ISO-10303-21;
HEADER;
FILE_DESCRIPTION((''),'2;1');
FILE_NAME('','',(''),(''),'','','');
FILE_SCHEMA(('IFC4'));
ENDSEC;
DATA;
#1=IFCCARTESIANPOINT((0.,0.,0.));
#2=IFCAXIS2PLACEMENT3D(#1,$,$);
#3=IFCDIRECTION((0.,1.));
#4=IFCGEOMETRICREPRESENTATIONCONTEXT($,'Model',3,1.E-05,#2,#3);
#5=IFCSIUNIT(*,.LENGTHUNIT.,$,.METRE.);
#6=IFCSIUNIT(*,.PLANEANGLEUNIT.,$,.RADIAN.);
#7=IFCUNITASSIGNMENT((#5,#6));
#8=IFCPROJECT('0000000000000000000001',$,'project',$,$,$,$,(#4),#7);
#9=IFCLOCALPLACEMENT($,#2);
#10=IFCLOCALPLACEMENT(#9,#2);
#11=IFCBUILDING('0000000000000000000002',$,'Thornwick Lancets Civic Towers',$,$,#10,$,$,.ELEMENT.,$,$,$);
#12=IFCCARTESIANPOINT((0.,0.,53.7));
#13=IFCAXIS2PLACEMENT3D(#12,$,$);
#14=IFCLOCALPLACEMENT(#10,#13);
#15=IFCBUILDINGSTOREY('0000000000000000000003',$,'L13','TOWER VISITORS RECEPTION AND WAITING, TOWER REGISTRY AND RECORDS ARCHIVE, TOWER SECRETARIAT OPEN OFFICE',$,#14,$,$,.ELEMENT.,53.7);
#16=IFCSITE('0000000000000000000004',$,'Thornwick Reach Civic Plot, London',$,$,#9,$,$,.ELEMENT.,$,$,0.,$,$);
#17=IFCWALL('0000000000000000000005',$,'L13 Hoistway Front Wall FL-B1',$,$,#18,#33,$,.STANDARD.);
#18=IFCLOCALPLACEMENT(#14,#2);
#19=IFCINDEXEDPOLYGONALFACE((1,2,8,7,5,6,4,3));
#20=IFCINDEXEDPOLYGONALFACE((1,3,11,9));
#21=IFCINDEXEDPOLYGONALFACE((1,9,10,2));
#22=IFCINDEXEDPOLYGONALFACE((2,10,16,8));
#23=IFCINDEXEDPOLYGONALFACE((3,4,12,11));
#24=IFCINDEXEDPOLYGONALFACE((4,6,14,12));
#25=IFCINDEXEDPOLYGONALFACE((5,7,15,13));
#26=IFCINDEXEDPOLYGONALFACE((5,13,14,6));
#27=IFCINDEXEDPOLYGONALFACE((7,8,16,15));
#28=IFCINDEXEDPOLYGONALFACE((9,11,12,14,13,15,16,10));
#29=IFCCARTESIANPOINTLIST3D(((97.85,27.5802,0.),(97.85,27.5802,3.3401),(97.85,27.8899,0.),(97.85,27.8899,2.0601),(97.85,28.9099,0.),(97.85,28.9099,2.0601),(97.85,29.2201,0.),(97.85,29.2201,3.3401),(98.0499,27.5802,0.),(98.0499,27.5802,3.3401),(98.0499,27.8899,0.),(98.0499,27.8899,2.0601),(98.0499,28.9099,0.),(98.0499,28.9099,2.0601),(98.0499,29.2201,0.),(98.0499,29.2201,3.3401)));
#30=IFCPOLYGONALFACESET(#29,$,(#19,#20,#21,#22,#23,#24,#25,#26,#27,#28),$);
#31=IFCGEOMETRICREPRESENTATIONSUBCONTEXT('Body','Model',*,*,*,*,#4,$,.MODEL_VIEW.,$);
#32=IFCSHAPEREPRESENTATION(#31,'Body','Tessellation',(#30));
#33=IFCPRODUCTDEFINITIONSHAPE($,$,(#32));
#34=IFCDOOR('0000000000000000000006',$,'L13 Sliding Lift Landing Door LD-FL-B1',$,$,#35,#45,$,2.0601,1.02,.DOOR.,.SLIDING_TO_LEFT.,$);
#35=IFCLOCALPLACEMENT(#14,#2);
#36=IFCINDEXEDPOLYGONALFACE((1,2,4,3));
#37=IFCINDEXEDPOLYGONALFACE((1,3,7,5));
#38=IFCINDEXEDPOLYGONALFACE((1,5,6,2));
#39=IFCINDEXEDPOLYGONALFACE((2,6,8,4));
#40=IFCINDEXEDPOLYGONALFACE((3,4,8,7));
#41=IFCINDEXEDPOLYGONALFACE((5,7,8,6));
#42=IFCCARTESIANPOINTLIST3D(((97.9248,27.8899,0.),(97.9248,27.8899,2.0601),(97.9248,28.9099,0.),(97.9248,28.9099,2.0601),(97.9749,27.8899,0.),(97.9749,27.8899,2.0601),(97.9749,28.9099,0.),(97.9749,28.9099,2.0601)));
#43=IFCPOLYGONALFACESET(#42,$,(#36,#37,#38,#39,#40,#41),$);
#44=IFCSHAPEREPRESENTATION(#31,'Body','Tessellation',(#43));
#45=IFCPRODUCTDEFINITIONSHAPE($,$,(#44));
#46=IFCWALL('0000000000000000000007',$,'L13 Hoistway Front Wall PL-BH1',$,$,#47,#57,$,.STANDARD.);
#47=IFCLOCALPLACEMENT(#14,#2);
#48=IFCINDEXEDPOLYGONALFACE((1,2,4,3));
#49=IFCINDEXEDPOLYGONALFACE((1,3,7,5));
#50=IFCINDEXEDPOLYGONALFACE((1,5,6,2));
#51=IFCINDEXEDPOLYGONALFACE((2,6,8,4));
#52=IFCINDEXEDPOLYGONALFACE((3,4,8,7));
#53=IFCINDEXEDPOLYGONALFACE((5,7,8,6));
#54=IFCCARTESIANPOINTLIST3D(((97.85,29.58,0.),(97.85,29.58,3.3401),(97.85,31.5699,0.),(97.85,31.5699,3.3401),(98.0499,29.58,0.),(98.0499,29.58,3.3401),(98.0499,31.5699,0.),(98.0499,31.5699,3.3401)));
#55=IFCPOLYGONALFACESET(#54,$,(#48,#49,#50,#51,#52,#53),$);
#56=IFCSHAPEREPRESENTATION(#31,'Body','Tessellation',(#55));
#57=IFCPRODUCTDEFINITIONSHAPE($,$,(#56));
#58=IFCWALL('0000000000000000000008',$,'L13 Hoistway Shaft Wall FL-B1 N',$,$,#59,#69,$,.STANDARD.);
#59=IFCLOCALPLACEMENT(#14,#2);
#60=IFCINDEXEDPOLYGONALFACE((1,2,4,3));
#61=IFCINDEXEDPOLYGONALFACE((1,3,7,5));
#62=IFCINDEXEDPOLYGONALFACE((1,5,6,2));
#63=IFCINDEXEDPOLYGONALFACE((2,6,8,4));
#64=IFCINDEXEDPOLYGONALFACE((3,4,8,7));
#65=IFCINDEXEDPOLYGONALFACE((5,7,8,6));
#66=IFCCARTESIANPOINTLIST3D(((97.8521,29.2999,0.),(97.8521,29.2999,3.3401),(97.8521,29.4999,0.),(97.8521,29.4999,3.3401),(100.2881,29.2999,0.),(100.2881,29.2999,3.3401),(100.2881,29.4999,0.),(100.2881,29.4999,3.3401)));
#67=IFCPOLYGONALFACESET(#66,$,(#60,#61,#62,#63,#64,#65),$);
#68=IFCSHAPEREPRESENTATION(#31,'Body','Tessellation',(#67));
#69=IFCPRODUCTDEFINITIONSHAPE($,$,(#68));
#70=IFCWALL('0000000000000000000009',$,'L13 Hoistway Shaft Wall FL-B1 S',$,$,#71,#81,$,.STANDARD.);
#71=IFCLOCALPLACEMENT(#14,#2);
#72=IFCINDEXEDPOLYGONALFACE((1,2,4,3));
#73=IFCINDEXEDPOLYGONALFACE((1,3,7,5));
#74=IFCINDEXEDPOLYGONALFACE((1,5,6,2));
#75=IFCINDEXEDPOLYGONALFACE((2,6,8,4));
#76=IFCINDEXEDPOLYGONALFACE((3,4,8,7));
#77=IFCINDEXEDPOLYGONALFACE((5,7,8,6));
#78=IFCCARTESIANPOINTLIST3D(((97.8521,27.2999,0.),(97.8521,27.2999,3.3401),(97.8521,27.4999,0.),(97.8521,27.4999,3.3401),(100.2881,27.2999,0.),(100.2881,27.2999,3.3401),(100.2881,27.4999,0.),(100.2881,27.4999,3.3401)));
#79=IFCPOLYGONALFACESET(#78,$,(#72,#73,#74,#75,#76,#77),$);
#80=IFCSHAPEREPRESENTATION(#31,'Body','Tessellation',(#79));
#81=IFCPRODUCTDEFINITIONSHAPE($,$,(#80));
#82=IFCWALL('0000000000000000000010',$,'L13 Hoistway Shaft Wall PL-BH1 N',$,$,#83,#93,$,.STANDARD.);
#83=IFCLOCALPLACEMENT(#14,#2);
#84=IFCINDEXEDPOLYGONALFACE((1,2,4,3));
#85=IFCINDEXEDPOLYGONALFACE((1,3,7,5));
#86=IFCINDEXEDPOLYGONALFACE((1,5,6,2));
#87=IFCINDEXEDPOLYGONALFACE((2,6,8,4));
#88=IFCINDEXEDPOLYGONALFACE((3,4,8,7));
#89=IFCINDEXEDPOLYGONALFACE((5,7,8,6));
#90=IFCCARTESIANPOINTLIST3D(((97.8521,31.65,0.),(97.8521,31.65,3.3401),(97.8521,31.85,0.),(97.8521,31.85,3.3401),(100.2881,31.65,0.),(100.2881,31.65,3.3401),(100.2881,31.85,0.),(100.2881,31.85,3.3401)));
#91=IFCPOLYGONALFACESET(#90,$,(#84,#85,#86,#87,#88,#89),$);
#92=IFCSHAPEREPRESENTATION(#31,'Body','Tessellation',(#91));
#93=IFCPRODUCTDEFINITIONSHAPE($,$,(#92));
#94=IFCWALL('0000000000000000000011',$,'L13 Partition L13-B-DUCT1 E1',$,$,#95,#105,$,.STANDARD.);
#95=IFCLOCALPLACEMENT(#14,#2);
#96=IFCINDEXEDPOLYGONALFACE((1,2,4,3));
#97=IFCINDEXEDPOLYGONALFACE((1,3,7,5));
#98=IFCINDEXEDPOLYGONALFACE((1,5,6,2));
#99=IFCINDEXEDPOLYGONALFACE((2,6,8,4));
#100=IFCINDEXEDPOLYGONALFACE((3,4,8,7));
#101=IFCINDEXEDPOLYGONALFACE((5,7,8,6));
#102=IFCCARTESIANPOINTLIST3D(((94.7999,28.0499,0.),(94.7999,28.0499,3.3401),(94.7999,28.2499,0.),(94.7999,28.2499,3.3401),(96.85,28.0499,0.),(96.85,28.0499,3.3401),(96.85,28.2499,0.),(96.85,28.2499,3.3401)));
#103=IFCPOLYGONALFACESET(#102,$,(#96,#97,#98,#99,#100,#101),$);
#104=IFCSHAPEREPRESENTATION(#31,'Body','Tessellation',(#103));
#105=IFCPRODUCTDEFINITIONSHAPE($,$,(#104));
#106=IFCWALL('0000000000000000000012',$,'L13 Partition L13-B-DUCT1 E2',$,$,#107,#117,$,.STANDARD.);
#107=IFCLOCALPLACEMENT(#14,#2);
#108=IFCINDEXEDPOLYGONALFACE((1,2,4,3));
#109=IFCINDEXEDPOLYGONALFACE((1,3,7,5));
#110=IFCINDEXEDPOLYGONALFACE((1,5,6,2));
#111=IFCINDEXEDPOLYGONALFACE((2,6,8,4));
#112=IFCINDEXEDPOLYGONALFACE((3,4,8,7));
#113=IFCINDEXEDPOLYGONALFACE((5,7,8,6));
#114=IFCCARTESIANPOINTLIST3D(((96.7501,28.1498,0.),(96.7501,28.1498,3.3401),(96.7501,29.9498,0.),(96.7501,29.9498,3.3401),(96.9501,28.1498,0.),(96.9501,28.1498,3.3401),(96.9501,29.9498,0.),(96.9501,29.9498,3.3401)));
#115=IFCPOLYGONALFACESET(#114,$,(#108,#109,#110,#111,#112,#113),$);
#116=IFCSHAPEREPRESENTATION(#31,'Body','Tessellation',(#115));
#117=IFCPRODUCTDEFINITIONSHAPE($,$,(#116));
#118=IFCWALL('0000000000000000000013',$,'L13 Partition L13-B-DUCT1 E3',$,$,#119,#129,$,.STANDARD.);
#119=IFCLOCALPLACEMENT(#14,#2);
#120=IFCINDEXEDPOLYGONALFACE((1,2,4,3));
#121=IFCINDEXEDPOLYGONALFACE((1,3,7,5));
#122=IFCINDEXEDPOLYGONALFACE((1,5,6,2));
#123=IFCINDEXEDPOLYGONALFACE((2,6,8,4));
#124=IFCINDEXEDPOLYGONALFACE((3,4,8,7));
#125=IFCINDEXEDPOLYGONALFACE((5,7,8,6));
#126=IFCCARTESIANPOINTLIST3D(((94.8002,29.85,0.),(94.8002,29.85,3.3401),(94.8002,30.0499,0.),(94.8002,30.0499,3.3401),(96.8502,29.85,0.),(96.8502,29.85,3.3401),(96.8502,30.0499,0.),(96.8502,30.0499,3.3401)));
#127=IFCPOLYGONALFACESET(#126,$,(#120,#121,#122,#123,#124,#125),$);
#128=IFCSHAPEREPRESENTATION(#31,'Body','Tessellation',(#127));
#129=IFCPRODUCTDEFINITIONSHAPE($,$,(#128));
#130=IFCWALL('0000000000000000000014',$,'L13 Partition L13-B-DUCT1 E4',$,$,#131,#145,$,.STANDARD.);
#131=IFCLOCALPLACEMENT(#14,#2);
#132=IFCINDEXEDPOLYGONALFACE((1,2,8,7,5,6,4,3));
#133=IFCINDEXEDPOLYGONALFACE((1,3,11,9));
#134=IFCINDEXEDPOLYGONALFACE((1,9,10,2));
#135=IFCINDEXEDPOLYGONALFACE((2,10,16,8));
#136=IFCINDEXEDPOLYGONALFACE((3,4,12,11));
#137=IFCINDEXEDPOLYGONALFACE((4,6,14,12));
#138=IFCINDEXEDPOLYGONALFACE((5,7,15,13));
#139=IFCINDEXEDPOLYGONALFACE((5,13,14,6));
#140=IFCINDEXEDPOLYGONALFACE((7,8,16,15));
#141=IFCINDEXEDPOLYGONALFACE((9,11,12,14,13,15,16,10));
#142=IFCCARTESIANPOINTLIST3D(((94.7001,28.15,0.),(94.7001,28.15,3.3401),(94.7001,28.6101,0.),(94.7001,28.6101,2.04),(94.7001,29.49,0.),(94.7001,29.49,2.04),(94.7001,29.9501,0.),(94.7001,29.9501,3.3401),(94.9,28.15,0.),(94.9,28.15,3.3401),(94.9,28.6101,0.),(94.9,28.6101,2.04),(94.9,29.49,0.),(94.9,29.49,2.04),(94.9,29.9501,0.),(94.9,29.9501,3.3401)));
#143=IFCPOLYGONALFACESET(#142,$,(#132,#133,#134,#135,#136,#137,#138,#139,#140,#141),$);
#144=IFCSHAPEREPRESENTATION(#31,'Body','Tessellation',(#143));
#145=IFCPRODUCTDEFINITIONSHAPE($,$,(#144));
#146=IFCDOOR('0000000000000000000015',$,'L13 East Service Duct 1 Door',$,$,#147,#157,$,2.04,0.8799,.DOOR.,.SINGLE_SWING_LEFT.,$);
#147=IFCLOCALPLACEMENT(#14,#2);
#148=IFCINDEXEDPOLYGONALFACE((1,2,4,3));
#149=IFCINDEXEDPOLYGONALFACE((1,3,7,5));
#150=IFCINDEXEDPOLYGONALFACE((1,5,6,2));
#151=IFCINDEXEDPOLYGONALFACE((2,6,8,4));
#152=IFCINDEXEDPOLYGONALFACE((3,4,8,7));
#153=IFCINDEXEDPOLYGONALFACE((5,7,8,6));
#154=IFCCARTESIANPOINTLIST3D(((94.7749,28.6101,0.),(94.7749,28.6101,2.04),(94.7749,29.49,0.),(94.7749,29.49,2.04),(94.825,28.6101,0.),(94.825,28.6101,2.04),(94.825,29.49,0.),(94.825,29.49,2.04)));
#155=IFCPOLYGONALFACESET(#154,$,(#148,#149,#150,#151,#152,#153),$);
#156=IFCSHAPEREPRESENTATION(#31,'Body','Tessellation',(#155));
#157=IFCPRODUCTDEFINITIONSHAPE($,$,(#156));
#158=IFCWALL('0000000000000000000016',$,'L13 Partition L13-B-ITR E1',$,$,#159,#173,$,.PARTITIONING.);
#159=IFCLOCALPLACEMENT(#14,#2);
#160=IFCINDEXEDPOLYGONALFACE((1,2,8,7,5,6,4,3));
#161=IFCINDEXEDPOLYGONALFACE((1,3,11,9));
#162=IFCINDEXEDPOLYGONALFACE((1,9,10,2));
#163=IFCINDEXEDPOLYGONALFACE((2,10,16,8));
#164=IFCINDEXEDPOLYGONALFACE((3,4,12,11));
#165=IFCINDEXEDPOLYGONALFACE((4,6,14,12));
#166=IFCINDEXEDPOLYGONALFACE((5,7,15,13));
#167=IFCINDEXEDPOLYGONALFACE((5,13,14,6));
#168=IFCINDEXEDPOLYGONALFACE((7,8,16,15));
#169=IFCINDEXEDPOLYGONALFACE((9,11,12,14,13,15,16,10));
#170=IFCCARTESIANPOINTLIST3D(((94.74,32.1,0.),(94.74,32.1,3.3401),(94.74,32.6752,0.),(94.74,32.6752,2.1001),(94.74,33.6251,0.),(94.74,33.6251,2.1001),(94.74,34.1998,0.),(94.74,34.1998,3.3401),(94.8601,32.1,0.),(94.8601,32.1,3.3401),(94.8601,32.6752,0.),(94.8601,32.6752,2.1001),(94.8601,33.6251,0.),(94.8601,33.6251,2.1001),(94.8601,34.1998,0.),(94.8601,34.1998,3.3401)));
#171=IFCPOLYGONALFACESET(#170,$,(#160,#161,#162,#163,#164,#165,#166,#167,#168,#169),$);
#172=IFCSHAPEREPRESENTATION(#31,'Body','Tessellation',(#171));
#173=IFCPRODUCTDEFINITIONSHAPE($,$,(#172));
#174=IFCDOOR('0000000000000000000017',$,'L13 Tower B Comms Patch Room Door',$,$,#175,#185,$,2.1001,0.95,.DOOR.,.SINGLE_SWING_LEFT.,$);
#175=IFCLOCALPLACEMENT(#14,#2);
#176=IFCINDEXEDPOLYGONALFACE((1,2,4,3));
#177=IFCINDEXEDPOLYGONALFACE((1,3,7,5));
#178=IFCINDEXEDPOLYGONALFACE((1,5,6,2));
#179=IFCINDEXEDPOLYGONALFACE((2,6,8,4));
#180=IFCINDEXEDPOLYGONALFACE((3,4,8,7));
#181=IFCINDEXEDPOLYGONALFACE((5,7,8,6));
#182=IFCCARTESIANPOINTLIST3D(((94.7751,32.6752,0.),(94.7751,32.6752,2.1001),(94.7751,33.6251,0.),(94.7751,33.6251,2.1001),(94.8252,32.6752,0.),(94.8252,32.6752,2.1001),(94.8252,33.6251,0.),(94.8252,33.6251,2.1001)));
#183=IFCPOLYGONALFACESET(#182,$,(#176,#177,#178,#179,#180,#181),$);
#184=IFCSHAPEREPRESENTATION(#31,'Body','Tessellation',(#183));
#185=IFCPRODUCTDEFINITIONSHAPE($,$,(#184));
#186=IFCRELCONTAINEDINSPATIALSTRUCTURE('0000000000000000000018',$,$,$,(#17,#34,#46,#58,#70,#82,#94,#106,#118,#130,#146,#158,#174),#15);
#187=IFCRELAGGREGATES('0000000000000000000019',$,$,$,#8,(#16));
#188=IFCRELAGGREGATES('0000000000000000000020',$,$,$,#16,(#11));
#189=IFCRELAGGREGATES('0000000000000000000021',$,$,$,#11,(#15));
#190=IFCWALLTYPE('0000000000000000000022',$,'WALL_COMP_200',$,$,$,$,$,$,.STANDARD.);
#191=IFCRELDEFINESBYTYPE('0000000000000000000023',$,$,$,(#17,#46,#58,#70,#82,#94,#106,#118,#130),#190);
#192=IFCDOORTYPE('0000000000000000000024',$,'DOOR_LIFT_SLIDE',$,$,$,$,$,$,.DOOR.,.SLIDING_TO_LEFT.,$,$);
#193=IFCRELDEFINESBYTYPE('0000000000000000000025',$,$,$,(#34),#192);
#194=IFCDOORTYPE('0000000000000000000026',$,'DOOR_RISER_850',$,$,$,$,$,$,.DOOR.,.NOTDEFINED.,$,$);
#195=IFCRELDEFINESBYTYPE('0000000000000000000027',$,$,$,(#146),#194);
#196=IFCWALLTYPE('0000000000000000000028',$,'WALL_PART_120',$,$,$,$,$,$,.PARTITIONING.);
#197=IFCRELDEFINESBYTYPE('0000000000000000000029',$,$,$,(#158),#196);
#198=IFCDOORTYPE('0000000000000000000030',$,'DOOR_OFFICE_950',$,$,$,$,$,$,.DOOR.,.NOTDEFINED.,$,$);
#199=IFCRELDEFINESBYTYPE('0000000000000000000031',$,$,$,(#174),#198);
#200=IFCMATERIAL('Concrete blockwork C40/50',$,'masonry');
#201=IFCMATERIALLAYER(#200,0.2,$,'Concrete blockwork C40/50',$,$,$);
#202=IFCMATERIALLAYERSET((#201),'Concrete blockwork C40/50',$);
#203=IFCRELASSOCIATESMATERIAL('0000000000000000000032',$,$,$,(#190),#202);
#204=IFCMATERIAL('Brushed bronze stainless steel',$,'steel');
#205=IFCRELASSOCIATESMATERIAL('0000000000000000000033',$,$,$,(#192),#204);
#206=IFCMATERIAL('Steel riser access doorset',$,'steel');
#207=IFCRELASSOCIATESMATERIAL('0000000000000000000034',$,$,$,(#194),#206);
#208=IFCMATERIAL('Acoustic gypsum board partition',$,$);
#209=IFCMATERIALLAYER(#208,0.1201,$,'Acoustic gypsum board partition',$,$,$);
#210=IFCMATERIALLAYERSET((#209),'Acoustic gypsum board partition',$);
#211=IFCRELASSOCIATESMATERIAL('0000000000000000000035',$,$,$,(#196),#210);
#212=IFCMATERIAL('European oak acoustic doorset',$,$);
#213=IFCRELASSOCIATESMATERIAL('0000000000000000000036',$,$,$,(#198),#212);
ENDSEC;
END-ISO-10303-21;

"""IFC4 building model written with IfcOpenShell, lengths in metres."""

from ifc_helpers import new_model, si_unit, direction, frame, frame_2d, origin, place, context, subcontext, project, spatial, rectangle, extrude, material, layer, layer_set, type_object, element, fill, save


model = new_model("IFC4")

# Units and contexts
model_context = context("Model", 3, precision=1e-05, world=origin(), true_north=direction((0.0, 1.0)))
body_context = subcontext(model_context, "Body", "Model", "MODEL_VIEW")
ifc_project = project(units=[si_unit("LENGTHUNIT", "METRE"), si_unit("PLANEANGLEUNIT", "RADIAN")], contexts=[model_context])

# Site, building, storey
site_placement = place(None, origin())
site = spatial("IfcSite", under=ifc_project, at=site_placement, Name="Thornwick Reach Civic Plot, London", CompositionType="ELEMENT", RefElevation=0.0)
building_placement = place(site_placement, origin())
building = spatial("IfcBuilding", under=site, at=building_placement, Name="Thornwick Lancets Civic Towers", CompositionType="ELEMENT")
storey_placement = place(building_placement, frame((0.0, 0.0, 53.7)))
storey = spatial("IfcBuildingStorey", under=building, at=storey_placement, Name="L13", Description="TOWER VISITORS RECEPTION AND WAITING, TOWER REGISTRY AND RECORDS ARCHIVE, TOWER SECRETARIAT OPEN OFFICE", CompositionType="ELEMENT", Elevation=53.7)

# Wall, opening, door
ifc_material_1 = material(Name="Concrete blockwork C40/50", Category="masonry")
ifc_layer_1 = layer(ifc_material_1, 0.2, Name="Concrete blockwork C40/50")
ifc_layer_set_1 = layer_set([ifc_layer_1], Name="Concrete blockwork C40/50")
wall_type_1 = type_object("IfcWallType", Name="WALL_COMP_200", PredefinedType="STANDARD", material=ifc_layer_set_1)
wall_1_placement = place(storey_placement, frame((97.95, 29.22, 0.0), z_axis=(0.0, 0.0, 1.0), x_axis=(0.0, -1.0, 0.0)))
wall_1 = element("IfcWall", 1, at=wall_1_placement, inside=storey, type_object=wall_type_1, Name="L13 Hoistway Front Wall FL-B1", PredefinedType="STANDARD", context=body_context, shape_type="SweptSolid", body=[
    extrude(rectangle(XDim=1.6399, YDim=0.2, at=frame_2d((0.8198, 0.0))), origin(), (0.0, 0.0, 1.0), 3.3401),
])
opening_1_placement = place(wall_1_placement, frame((0.3101, 0.0, 0.0)))
opening_1 = element("IfcOpeningElement", 2, at=opening_1_placement, cuts=wall_1, PredefinedType="OPENING", context=body_context, shape_type="SweptSolid", body=[
    extrude(rectangle(XDim=1.02, YDim=2.0601, at=frame_2d((0.51, 1.03))), frame((0.0, 0.1099, 0.0), z_axis=(0.0, -1.0, 0.0), x_axis=(1.0, 0.0, 0.0)), (0.0, 0.0, 1.0), 0.22),
])
ifc_material_2 = material(Name="Brushed bronze stainless steel", Category="steel")
door_type_1 = type_object("IfcDoorType", Name="DOOR_LIFT_SLIDE", OperationType="SLIDING_TO_LEFT", PredefinedType="DOOR", material=ifc_material_2)
door_1_placement = place(opening_1_placement, origin())
door_1 = element("IfcDoor", 3, at=door_1_placement, inside=storey, type_object=door_type_1, Name="L13 Sliding Lift Landing Door LD-FL-B1", OperationType="SLIDING_TO_LEFT", OverallHeight=2.0601, OverallWidth=1.02, PredefinedType="DOOR", context=body_context, shape_type="SweptSolid", body=[
    extrude(rectangle(XDim=1.02, YDim=2.0601, at=frame_2d((0.51, 1.03))), frame((0.0, 0.0249, 0.0), z_axis=(0.0, -1.0, 0.0), x_axis=(1.0, 0.0, 0.0)), (0.0, 0.0, 1.0), 0.05),
])
fill(opening_1, door_1)

# Walls
wall_2_placement = place(storey_placement, frame((97.95, 31.5701, 0.0), z_axis=(0.0, 0.0, 1.0), x_axis=(0.0, -1.0, 0.0)))
element("IfcWall", 4, at=wall_2_placement, inside=storey, type_object=wall_type_1, Name="L13 Hoistway Front Wall PL-BH1", PredefinedType="STANDARD", context=body_context, shape_type="SweptSolid", body=[
    extrude(rectangle(XDim=1.99, YDim=0.2, at=frame_2d((0.9951, 0.0))), origin(), (0.0, 0.0, 1.0), 3.3401),
])
for number, where, z_axis, x_axis, name in (
    (5, (97.8521, 29.3999, 0.0), (0.0, 0.0, 1.0), (1.0, 0.0, 0.0), "L13 Hoistway Shaft Wall FL-B1 N"),
    (6, (97.8521, 27.3999, 0.0), (0.0, 0.0, 1.0), (1.0, 0.0, 0.0), "L13 Hoistway Shaft Wall FL-B1 S"),
    (7, (97.8521, 31.75, 0.0), (0.0, 0.0, 1.0), (1.0, 0.0, 0.0), "L13 Hoistway Shaft Wall PL-BH1 N"),
):
    element("IfcWall", number, at=place(storey_placement, frame(where, z_axis=z_axis, x_axis=x_axis)), inside=storey, type_object=wall_type_1, Name=name, PredefinedType="STANDARD", context=body_context, shape_type="SweptSolid", body=[
        extrude(rectangle(XDim=2.436, YDim=0.2, at=frame_2d((1.218, 0.0))), origin(), (0.0, 0.0, 1.0), 3.3401),
    ])
wall_3_placement = place(storey_placement, frame((94.8, 28.1499, 0.0), z_axis=(0.0, 0.0, 1.0), x_axis=(1.0, 0.0, 0.0)))
element("IfcWall", 8, at=wall_3_placement, inside=storey, type_object=wall_type_1, Name="L13 Partition L13-B-DUCT1 E1", PredefinedType="STANDARD", context=body_context, shape_type="SweptSolid", body=[
    extrude(rectangle(XDim=2.05, YDim=0.2, at=frame_2d((1.0249, 0.0))), origin(), (0.0, 0.0, 1.0), 3.3401),
])
wall_4_placement = place(storey_placement, frame((96.8501, 28.1499, 0.0), z_axis=(0.0, 0.0, 1.0), x_axis=(0.0, 1.0, 0.0)))
element("IfcWall", 9, at=wall_4_placement, inside=storey, type_object=wall_type_1, Name="L13 Partition L13-B-DUCT1 E2", PredefinedType="STANDARD", context=body_context, shape_type="SweptSolid", body=[
    extrude(rectangle(XDim=1.8, YDim=0.2, at=frame_2d((0.8999, 0.0))), origin(), (0.0, 0.0, 1.0), 3.3401),
])
wall_5_placement = place(storey_placement, frame((96.8501, 29.95, 0.0), z_axis=(0.0, 0.0, 1.0), x_axis=(-1.0, 0.0, 0.0)))
element("IfcWall", 10, at=wall_5_placement, inside=storey, type_object=wall_type_1, Name="L13 Partition L13-B-DUCT1 E3", PredefinedType="STANDARD", context=body_context, shape_type="SweptSolid", body=[
    extrude(rectangle(XDim=2.05, YDim=0.2, at=frame_2d((1.0249, 0.0))), origin(), (0.0, 0.0, 1.0), 3.3401),
])

# Walls, openings, doors
wall_6_placement = place(storey_placement, frame((94.8, 29.95, 0.0), z_axis=(0.0, 0.0, 1.0), x_axis=(0.0, -1.0, 0.0)))
wall_6 = element("IfcWall", 11, at=wall_6_placement, inside=storey, type_object=wall_type_1, Name="L13 Partition L13-B-DUCT1 E4", PredefinedType="STANDARD", context=body_context, shape_type="SweptSolid", body=[
    extrude(rectangle(XDim=1.8, YDim=0.2, at=frame_2d((0.8999, 0.0))), origin(), (0.0, 0.0, 1.0), 3.3401),
])
opening_2_placement = place(wall_6_placement, frame((0.46, 0.0, 0.0)))
opening_2 = element("IfcOpeningElement", 12, at=opening_2_placement, cuts=wall_6, PredefinedType="OPENING", context=body_context, shape_type="SweptSolid", body=[
    extrude(rectangle(XDim=0.8799, YDim=2.04, at=frame_2d((0.4399, 1.02))), frame((0.0, 0.1099, 0.0), z_axis=(0.0, -1.0, 0.0), x_axis=(1.0, 0.0, 0.0)), (0.0, 0.0, 1.0), 0.22),
])
ifc_material_3 = material(Name="Steel riser access doorset", Category="steel")
door_type_2 = type_object("IfcDoorType", Name="DOOR_RISER_850", OperationType="NOTDEFINED", PredefinedType="DOOR", material=ifc_material_3)
door_2_placement = place(opening_2_placement, origin())
door_2 = element("IfcDoor", 13, at=door_2_placement, inside=storey, type_object=door_type_2, Name="L13 East Service Duct 1 Door", OperationType="SINGLE_SWING_LEFT", OverallHeight=2.04, OverallWidth=0.8799, PredefinedType="DOOR", context=body_context, shape_type="SweptSolid", body=[
    extrude(rectangle(XDim=0.8799, YDim=2.04, at=frame_2d((0.4399, 1.02))), frame((0.0, 0.0249, 0.0), z_axis=(0.0, -1.0, 0.0), x_axis=(1.0, 0.0, 0.0)), (0.0, 0.0, 1.0), 0.05),
])
fill(opening_2, door_2)
ifc_material_4 = material(Name="Acoustic gypsum board partition")
ifc_layer_2 = layer(ifc_material_4, 0.1201, Name="Acoustic gypsum board partition")
ifc_layer_set_2 = layer_set([ifc_layer_2], Name="Acoustic gypsum board partition")
wall_type_2 = type_object("IfcWallType", Name="WALL_PART_120", PredefinedType="PARTITIONING", material=ifc_layer_set_2)
wall_7_placement = place(storey_placement, frame((94.8, 32.1001, 0.0), z_axis=(0.0, 0.0, 1.0), x_axis=(0.0, 1.0, 0.0)))
wall_7 = element("IfcWall", 14, at=wall_7_placement, inside=storey, type_object=wall_type_2, Name="L13 Partition L13-B-ITR E1", PredefinedType="PARTITIONING", context=body_context, shape_type="SweptSolid", body=[
    extrude(rectangle(XDim=2.0999, YDim=0.1201, at=frame_2d((1.0498, 0.0))), origin(), (0.0, 0.0, 1.0), 3.3401),
])
opening_3_placement = place(wall_7_placement, frame((0.575, 0.0, 0.0)))
opening_3 = element("IfcOpeningElement", 15, at=opening_3_placement, cuts=wall_7, PredefinedType="OPENING", context=body_context, shape_type="SweptSolid", body=[
    extrude(rectangle(XDim=0.95, YDim=2.1001, at=frame_2d((0.4751, 1.05))), frame((0.0, 0.0701, 0.0), z_axis=(0.0, -1.0, 0.0), x_axis=(1.0, 0.0, 0.0)), (0.0, 0.0, 1.0), 0.1401),
])
ifc_material_5 = material(Name="European oak acoustic doorset")
door_type_3 = type_object("IfcDoorType", Name="DOOR_OFFICE_950", OperationType="NOTDEFINED", PredefinedType="DOOR", material=ifc_material_5)
door_3_placement = place(opening_3_placement, origin())
door_3 = element("IfcDoor", 16, at=door_3_placement, inside=storey, type_object=door_type_3, Name="L13 Tower B Comms Patch Room Door", OperationType="SINGLE_SWING_LEFT", OverallHeight=2.1001, OverallWidth=0.95, PredefinedType="DOOR", context=body_context, shape_type="SweptSolid", body=[
    extrude(rectangle(XDim=0.95, YDim=2.1001, at=frame_2d((0.4751, 1.05))), frame((0.0, 0.0249, 0.0), z_axis=(0.0, -1.0, 0.0), x_axis=(1.0, 0.0, 0.0)), (0.0, 0.0, 1.0), 0.05),
])
fill(opening_3, door_3)

save(model, "model.ifc")
